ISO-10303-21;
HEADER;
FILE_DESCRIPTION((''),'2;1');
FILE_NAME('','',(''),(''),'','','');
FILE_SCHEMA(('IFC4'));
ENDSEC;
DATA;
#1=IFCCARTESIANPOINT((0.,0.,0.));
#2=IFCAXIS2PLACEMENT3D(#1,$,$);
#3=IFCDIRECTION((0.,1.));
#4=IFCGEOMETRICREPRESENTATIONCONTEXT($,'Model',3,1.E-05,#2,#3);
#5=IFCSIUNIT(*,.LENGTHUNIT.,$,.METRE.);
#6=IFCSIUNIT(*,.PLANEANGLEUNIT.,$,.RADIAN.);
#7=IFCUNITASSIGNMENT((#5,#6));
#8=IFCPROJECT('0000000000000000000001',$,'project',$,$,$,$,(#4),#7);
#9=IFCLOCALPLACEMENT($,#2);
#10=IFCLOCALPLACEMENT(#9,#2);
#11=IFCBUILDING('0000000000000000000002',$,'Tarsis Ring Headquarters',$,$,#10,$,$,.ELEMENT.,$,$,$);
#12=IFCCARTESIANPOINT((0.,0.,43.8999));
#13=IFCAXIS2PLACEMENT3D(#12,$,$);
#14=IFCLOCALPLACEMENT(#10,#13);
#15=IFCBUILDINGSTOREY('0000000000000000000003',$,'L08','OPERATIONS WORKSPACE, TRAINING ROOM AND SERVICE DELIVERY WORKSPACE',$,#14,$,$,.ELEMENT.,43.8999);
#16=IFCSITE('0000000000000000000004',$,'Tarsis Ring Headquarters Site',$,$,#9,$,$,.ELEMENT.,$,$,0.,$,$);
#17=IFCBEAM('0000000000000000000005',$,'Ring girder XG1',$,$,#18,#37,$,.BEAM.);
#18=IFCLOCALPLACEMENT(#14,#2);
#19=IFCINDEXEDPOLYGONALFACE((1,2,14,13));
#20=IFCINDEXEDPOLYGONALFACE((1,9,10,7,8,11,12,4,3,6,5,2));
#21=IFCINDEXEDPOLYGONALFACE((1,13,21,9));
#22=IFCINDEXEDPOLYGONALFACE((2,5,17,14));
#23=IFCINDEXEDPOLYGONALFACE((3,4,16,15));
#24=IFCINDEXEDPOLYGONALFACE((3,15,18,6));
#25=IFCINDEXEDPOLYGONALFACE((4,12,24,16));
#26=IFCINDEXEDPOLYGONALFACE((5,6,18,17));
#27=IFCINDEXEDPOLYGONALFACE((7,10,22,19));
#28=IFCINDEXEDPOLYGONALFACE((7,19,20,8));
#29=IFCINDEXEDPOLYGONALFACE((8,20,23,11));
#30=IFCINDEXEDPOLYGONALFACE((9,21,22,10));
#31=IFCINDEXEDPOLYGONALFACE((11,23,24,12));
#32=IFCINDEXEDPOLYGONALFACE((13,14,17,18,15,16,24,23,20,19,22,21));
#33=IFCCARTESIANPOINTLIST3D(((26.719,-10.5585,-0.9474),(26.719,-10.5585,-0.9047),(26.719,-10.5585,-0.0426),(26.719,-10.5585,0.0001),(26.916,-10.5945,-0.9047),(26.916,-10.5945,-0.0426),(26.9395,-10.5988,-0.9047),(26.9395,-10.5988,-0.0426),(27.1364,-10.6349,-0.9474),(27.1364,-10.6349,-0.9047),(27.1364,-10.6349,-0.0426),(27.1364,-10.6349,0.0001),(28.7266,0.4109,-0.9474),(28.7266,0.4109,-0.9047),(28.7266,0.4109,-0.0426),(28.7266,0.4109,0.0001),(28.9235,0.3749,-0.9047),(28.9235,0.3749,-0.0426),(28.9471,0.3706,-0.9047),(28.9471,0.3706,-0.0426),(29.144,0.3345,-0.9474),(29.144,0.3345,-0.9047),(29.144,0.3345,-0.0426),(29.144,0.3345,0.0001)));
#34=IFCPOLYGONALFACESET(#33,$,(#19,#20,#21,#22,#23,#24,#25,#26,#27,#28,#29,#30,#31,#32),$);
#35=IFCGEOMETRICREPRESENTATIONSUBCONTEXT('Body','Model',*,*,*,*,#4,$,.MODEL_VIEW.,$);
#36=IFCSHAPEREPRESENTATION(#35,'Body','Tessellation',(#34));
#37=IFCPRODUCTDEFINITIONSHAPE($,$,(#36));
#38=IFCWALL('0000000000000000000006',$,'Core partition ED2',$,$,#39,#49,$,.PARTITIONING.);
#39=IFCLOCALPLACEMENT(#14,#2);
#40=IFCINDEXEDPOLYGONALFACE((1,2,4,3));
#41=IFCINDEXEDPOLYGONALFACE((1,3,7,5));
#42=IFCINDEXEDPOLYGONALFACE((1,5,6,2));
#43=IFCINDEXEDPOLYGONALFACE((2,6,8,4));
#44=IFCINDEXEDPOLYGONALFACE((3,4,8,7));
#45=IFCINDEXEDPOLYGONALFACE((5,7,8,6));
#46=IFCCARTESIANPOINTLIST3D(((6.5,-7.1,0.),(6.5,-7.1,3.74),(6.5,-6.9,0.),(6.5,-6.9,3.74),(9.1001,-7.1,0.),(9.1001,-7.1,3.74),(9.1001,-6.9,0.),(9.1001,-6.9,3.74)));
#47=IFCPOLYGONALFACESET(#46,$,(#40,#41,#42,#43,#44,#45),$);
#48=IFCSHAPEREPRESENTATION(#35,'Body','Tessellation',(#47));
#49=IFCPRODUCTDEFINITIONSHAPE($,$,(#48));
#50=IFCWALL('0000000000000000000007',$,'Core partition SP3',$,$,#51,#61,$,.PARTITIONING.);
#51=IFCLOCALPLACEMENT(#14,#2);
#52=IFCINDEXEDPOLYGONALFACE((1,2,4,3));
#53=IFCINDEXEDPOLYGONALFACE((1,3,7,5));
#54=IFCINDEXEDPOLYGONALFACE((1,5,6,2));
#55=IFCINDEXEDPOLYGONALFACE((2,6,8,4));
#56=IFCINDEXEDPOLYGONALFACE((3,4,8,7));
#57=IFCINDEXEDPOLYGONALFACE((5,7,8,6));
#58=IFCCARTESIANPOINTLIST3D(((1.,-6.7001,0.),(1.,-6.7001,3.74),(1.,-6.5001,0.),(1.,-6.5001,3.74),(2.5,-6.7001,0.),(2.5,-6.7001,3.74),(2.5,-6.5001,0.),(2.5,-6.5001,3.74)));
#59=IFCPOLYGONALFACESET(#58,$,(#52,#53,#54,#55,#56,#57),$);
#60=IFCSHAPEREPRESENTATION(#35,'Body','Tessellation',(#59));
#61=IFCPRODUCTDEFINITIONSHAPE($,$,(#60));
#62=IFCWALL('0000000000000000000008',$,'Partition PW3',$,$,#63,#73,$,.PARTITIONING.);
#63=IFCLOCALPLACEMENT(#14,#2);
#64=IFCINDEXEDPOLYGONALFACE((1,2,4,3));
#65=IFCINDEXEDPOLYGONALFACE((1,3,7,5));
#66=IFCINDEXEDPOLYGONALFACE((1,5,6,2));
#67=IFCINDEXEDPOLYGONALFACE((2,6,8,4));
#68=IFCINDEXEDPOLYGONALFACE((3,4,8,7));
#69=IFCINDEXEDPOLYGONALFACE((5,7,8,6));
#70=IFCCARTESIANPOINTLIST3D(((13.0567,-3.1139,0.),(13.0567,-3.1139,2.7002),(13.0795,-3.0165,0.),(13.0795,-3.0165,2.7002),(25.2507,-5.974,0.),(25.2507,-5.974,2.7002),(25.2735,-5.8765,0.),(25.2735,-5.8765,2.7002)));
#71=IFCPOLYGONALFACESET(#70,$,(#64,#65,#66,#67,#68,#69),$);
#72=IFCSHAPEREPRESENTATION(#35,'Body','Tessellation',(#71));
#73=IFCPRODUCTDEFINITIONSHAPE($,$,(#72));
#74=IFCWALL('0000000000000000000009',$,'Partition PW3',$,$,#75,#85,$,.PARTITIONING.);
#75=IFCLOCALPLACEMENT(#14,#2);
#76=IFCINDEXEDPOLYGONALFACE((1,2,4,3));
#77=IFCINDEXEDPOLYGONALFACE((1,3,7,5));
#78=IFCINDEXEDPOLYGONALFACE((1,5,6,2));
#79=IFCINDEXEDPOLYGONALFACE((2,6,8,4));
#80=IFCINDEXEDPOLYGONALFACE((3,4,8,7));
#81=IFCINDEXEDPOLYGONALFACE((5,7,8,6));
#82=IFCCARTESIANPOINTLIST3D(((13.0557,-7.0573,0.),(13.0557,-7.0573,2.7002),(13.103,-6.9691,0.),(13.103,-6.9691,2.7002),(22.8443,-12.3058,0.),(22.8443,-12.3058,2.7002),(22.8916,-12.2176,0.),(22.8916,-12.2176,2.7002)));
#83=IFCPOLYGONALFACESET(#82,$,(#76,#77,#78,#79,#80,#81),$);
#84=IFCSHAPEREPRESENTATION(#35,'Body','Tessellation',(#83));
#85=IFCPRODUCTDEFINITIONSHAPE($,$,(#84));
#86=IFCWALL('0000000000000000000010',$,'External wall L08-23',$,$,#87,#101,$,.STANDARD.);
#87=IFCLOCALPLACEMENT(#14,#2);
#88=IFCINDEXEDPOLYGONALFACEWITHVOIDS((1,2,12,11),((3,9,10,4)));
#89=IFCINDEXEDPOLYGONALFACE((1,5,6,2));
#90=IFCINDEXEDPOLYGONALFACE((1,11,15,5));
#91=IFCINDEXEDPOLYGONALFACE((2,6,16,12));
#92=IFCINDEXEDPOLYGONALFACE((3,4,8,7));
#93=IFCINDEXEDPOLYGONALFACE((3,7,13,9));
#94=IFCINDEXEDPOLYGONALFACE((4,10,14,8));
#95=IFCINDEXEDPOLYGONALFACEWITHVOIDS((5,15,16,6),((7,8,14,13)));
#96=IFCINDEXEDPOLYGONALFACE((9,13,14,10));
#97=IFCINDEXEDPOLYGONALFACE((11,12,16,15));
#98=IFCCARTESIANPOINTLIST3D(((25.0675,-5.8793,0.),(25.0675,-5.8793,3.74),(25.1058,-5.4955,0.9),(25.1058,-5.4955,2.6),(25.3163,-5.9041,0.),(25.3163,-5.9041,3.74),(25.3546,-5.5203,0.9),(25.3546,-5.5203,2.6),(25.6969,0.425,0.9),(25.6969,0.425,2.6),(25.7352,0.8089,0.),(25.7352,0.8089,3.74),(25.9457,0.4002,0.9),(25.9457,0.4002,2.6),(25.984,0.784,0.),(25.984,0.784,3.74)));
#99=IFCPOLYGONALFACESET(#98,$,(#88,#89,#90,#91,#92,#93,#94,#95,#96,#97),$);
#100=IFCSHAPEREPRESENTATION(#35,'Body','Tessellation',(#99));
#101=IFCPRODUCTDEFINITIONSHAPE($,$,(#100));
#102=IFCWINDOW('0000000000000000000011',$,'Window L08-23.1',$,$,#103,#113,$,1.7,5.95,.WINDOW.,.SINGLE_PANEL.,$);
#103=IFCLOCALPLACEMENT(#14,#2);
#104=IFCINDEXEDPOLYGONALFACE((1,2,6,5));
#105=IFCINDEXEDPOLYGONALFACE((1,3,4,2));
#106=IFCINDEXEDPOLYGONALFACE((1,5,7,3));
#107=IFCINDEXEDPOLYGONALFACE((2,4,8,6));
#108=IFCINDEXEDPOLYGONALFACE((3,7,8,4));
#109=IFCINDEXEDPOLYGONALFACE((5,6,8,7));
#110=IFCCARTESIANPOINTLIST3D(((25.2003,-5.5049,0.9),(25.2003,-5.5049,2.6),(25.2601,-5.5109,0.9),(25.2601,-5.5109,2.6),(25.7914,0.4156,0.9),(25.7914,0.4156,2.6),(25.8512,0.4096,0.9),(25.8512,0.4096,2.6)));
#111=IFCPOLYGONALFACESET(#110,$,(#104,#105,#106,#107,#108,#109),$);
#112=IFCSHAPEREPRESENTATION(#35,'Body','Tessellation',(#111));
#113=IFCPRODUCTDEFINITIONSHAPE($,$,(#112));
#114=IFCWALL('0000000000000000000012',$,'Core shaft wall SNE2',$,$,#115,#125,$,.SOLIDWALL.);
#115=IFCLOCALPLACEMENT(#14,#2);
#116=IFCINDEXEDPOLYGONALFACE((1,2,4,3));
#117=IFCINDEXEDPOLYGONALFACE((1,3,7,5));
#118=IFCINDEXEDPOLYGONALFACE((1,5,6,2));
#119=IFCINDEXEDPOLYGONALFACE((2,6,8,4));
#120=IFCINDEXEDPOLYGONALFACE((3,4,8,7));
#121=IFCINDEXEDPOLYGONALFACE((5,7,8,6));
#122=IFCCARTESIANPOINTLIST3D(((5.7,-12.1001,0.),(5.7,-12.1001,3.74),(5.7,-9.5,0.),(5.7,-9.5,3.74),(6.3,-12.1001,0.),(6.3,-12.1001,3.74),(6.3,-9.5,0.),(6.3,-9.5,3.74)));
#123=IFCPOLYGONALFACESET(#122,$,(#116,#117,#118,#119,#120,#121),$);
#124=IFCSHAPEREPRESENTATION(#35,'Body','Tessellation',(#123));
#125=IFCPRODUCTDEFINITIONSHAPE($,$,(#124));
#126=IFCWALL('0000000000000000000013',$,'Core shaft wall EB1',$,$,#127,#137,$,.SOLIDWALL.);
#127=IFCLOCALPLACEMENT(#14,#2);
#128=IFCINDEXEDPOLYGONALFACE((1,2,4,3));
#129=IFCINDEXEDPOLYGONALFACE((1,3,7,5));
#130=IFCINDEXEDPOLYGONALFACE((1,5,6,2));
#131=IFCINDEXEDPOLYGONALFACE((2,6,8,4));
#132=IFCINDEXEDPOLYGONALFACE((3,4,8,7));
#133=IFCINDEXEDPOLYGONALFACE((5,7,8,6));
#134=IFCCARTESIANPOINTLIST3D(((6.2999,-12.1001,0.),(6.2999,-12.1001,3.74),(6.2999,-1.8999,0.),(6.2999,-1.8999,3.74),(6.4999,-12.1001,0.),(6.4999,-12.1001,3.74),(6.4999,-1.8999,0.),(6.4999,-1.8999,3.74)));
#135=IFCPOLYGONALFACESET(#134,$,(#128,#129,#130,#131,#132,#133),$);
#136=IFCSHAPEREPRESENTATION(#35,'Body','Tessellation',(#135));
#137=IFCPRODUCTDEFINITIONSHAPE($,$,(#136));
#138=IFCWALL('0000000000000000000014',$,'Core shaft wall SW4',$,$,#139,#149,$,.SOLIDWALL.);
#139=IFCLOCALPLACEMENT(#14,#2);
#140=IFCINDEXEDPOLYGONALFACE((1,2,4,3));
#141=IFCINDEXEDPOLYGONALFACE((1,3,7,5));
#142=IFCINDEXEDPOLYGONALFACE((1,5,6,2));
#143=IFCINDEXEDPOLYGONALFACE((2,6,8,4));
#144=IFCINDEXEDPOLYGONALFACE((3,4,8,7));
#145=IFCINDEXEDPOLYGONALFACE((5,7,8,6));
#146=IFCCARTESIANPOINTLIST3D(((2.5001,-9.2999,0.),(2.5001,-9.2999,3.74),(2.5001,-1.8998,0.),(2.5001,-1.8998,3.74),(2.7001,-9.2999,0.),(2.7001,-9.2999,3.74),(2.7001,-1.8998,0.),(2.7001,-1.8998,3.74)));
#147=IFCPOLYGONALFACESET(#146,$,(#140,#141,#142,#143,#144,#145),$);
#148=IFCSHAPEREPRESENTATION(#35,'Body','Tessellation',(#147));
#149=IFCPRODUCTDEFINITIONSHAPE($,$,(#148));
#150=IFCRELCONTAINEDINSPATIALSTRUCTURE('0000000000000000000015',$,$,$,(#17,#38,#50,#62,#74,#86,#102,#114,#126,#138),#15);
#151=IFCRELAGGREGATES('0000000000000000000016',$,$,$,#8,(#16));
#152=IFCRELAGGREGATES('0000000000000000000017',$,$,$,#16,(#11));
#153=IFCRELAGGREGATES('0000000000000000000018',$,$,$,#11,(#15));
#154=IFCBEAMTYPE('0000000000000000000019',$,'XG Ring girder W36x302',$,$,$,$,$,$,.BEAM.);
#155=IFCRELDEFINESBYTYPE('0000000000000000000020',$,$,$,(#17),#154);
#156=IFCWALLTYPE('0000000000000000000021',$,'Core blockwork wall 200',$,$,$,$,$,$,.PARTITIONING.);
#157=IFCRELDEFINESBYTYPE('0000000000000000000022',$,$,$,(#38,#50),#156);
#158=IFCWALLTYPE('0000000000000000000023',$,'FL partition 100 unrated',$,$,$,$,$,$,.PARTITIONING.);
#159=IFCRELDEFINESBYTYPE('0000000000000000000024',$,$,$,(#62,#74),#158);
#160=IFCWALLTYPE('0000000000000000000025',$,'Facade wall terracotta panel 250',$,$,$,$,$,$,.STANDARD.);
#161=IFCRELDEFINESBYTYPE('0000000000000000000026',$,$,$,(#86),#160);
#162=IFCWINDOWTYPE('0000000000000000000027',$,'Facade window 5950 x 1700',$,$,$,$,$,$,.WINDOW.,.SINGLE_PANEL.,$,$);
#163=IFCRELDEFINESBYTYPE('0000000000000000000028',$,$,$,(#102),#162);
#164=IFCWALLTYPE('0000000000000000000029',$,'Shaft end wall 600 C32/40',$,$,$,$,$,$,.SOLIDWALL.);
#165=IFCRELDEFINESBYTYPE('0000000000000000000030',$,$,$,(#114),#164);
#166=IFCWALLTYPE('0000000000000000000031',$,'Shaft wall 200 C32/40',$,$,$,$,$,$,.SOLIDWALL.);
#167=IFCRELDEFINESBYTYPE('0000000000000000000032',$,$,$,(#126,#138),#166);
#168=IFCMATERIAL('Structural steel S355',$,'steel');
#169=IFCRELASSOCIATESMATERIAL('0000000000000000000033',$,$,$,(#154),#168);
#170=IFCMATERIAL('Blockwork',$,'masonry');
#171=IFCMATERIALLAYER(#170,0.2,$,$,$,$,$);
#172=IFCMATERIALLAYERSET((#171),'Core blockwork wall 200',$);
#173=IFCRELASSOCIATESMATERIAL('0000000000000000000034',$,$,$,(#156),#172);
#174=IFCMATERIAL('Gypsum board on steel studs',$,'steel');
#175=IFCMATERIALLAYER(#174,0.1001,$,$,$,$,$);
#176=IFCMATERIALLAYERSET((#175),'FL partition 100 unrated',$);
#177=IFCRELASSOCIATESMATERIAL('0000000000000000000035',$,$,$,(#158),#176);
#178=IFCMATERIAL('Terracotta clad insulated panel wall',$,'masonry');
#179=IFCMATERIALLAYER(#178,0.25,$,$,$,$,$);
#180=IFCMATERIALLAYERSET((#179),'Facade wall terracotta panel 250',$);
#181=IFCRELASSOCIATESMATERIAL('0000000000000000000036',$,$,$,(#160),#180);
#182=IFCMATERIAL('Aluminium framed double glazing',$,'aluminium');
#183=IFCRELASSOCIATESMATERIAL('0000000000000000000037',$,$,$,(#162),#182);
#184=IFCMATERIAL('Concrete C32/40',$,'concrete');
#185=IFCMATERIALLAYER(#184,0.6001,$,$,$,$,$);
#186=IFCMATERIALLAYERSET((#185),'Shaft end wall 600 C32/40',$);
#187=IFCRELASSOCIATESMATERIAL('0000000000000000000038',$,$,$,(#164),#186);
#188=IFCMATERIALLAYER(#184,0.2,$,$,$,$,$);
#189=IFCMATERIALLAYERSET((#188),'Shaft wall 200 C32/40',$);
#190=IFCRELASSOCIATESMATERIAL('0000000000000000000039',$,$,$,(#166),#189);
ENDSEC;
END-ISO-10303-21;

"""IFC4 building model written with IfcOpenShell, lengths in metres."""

from ifc_helpers import new_model, si_unit, direction, frame, frame_2d, origin, origin_2d, place, context, subcontext, project, spatial, rectangle, i_section, extrude, material, layer, layer_set, material_profile, profile_set, type_object, element, fill, save


model = new_model("IFC4")

# Units and contexts
model_context = context("Model", 3, precision=1e-05, world=origin(), true_north=direction((0.0, 1.0)))
body_context = subcontext(model_context, "Body", "Model", "MODEL_VIEW")
ifc_project = project(units=[si_unit("LENGTHUNIT", "METRE"), si_unit("PLANEANGLEUNIT", "RADIAN")], contexts=[model_context])

# Site, building, storey
site_placement = place(None, origin())
site = spatial("IfcSite", under=ifc_project, at=site_placement, Name="Tarsis Ring Headquarters Site", CompositionType="ELEMENT", RefElevation=0.0)
building_placement = place(site_placement, origin())
building = spatial("IfcBuilding", under=site, at=building_placement, Name="Tarsis Ring Headquarters", CompositionType="ELEMENT")
storey_placement = place(building_placement, frame((0.0, 0.0, 43.8999)))
storey = spatial("IfcBuildingStorey", under=building, at=storey_placement, Name="L08", Description="OPERATIONS WORKSPACE, TRAINING ROOM AND SERVICE DELIVERY WORKSPACE", CompositionType="ELEMENT", Elevation=43.8999)

# Beam
ifc_material_1 = material(Name="Structural steel S355", Category="steel")
ifc_material_profile_1 = material_profile(ifc_material_1, i_section(OverallWidth=0.4243, OverallDepth=0.9475, WebThickness=0.0239, FlangeThickness=0.0427, at=origin_2d()), Name="W36x302")
ifc_profile_set_1 = profile_set([ifc_material_profile_1], Name="Structural steel S355")
beam_type_1 = type_object("IfcBeamType", Name="XG Ring girder W36x302", PredefinedType="BEAM", material=ifc_profile_set_1)
beam_1_placement = place(storey_placement, frame((26.9277, -10.5967, -0.4736), z_axis=(0.180024, 0.983662, 0.0), x_axis=(-0.983662, 0.180024, 0.0)))
element("IfcBeam", 1, at=beam_1_placement, inside=storey, type_object=beam_type_1, Name="Ring girder XG1", PredefinedType="BEAM", context=body_context, shape_type="SweptSolid", body=[
    extrude(i_section(OverallWidth=0.4243, OverallDepth=0.9475, WebThickness=0.0239, FlangeThickness=0.0427, at=origin_2d()), origin(), (0.0, 0.0, 1.0), 11.1516),
])

# Walls
ifc_material_2 = material(Name="Blockwork", Category="masonry")
ifc_layer_1 = layer(ifc_material_2, 0.2)
ifc_layer_set_1 = layer_set([ifc_layer_1], Name="Core blockwork wall 200")
wall_type_1 = type_object("IfcWallType", Name="Core blockwork wall 200", PredefinedType="PARTITIONING", material=ifc_layer_set_1)
wall_1_placement = place(storey_placement, frame((6.5, -7.0, 0.0), z_axis=(0.0, 0.0, 1.0), x_axis=(1.0, 0.0, 0.0)))
element("IfcWall", 2, at=wall_1_placement, inside=storey, type_object=wall_type_1, Name="Core partition ED2", PredefinedType="PARTITIONING", context=body_context, shape_type="SweptSolid", body=[
    extrude(rectangle(XDim=2.6001, YDim=0.2, at=frame_2d((1.3, 0.0))), origin(), (0.0, 0.0, 1.0), 3.74),
])
wall_2_placement = place(storey_placement, frame((1.0, -6.6001, 0.0), z_axis=(0.0, 0.0, 1.0), x_axis=(1.0, 0.0, 0.0)))
element("IfcWall", 3, at=wall_2_placement, inside=storey, type_object=wall_type_1, Name="Core partition SP3", PredefinedType="PARTITIONING", context=body_context, shape_type="SweptSolid", body=[
    extrude(rectangle(XDim=1.5, YDim=0.2, at=frame_2d((0.75, 0.0))), origin(), (0.0, 0.0, 1.0), 3.74),
])
ifc_material_3 = material(Name="Gypsum board on steel studs", Category="steel")
ifc_layer_2 = layer(ifc_material_3, 0.1001)
ifc_layer_set_2 = layer_set([ifc_layer_2], Name="FL partition 100 unrated")
wall_type_2 = type_object("IfcWallType", Name="FL partition 100 unrated", PredefinedType="PARTITIONING", material=ifc_layer_set_2)
wall_3_placement = place(storey_placement, frame((13.0681, -3.0652, 0.0), z_axis=(0.0, 0.0, 1.0), x_axis=(0.973579, -0.228352, 0.0)))
element("IfcWall", 4, at=wall_3_placement, inside=storey, type_object=wall_type_2, Name="Partition PW3", PredefinedType="PARTITIONING", context=body_context, shape_type="SweptSolid", body=[
    extrude(rectangle(XDim=12.5249, YDim=0.1001, at=frame_2d((6.2625, 0.0))), origin(), (0.0, 0.0, 1.0), 2.7002),
])
wall_4_placement = place(storey_placement, frame((13.0793, -7.0132, 0.0), z_axis=(0.0, 0.0, 1.0), x_axis=(0.881305, -0.472547, 0.0)))
element("IfcWall", 5, at=wall_4_placement, inside=storey, type_object=wall_type_2, Name="Partition PW3", PredefinedType="PARTITIONING", context=body_context, shape_type="SweptSolid", body=[
    extrude(rectangle(XDim=11.1069, YDim=0.1001, at=frame_2d((5.5535, 0.0))), origin(), (0.0, 0.0, 1.0), 2.7002),
])

# Wall, opening, window
ifc_material_4 = material(Name="Terracotta clad insulated panel wall", Category="masonry")
ifc_layer_3 = layer(ifc_material_4, 0.25)
ifc_layer_set_3 = layer_set([ifc_layer_3], Name="Facade wall terracotta panel 250")
wall_type_3 = type_object("IfcWallType", Name="Facade wall terracotta panel 250", PredefinedType="STANDARD", material=ifc_layer_set_3)
wall_5_placement = place(storey_placement, frame((25.1919, -5.8918, 0.0), z_axis=(0.0, 0.0, 1.0), x_axis=(0.099342, 0.995053, 0.0)))
wall_5 = element("IfcWall", 6, at=wall_5_placement, inside=storey, type_object=wall_type_3, Name="External wall L08-23", PredefinedType="STANDARD", context=body_context, shape_type="SweptSolid", body=[
    extrude(rectangle(XDim=6.7214, YDim=0.25, at=frame_2d((3.3608, 0.0))), origin(), (0.0, 0.0, 1.0), 3.74),
])
opening_placement = place(wall_5_placement, frame((0.3857, 0.0, 0.8999)))
opening = element("IfcOpeningElement", 7, at=opening_placement, cuts=wall_5, PredefinedType="OPENING", context=body_context, shape_type="SweptSolid", body=[
    extrude(rectangle(XDim=5.95, YDim=1.7, at=frame_2d((2.9751, 0.8501))), frame((0.0, 0.135, 0.0), z_axis=(0.0, -1.0, 0.0), x_axis=(1.0, 0.0, 0.0)), (0.0, 0.0, 1.0), 0.27),
])
ifc_material_5 = material(Name="Aluminium framed double glazing", Category="aluminium")
window_type = type_object("IfcWindowType", Name="Facade window 5950 x 1700", PartitioningType="SINGLE_PANEL", PredefinedType="WINDOW", material=ifc_material_5)
window_placement = place(opening_placement, origin())
window = element("IfcWindow", 8, at=window_placement, inside=storey, type_object=window_type, Name="Window L08-23.1", OverallHeight=1.7, OverallWidth=5.95, PartitioningType="SINGLE_PANEL", PredefinedType="WINDOW", context=body_context, shape_type="SweptSolid", body=[
    extrude(rectangle(XDim=5.95, YDim=1.7, at=frame_2d((2.9751, 0.8501))), frame((0.0, 0.03, 0.0), z_axis=(0.0, -1.0, 0.0), x_axis=(1.0, 0.0, 0.0)), (0.0, 0.0, 1.0), 0.0601),
])
fill(opening, window)

# Walls
ifc_material_6 = material(Name="Concrete C32/40", Category="concrete")
ifc_layer_4 = layer(ifc_material_6, 0.6001)
ifc_layer_set_4 = layer_set([ifc_layer_4], Name="Shaft end wall 600 C32/40")
wall_type_4 = type_object("IfcWallType", Name="Shaft end wall 600 C32/40", PredefinedType="SOLIDWALL", material=ifc_layer_set_4)
wall_6_placement = place(storey_placement, frame((6.0, -12.1001, 0.0), z_axis=(0.0, 0.0, 1.0), x_axis=(0.0, 1.0, 0.0)))
element("IfcWall", 9, at=wall_6_placement, inside=storey, type_object=wall_type_4, Name="Core shaft wall SNE2", PredefinedType="SOLIDWALL", context=body_context, shape_type="SweptSolid", body=[
    extrude(rectangle(XDim=2.6001, YDim=0.6001, at=frame_2d((1.3, 0.0))), origin(), (0.0, 0.0, 1.0), 3.74),
])
ifc_layer_5 = layer(ifc_material_6, 0.2)
ifc_layer_set_5 = layer_set([ifc_layer_5], Name="Shaft wall 200 C32/40")
wall_type_5 = type_object("IfcWallType", Name="Shaft wall 200 C32/40", PredefinedType="SOLIDWALL", material=ifc_layer_set_5)
wall_7_placement = place(storey_placement, frame((6.3999, -12.1001, 0.0), z_axis=(0.0, 0.0, 1.0), x_axis=(0.0, 1.0, 0.0)))
element("IfcWall", 10, at=wall_7_placement, inside=storey, type_object=wall_type_5, Name="Core shaft wall EB1", PredefinedType="SOLIDWALL", context=body_context, shape_type="SweptSolid", body=[
    extrude(rectangle(XDim=10.2002, YDim=0.2, at=frame_2d((5.1001, 0.0))), origin(), (0.0, 0.0, 1.0), 3.74),
])
wall_8_placement = place(storey_placement, frame((2.6001, -9.3, 0.0), z_axis=(0.0, 0.0, 1.0), x_axis=(0.0, 1.0, 0.0)))
element("IfcWall", 11, at=wall_8_placement, inside=storey, type_object=wall_type_5, Name="Core shaft wall SW4", PredefinedType="SOLIDWALL", context=body_context, shape_type="SweptSolid", body=[
    extrude(rectangle(XDim=7.4001, YDim=0.2, at=frame_2d((3.7002, 0.0))), origin(), (0.0, 0.0, 1.0), 3.74),
])

save(model, "model.ifc")
